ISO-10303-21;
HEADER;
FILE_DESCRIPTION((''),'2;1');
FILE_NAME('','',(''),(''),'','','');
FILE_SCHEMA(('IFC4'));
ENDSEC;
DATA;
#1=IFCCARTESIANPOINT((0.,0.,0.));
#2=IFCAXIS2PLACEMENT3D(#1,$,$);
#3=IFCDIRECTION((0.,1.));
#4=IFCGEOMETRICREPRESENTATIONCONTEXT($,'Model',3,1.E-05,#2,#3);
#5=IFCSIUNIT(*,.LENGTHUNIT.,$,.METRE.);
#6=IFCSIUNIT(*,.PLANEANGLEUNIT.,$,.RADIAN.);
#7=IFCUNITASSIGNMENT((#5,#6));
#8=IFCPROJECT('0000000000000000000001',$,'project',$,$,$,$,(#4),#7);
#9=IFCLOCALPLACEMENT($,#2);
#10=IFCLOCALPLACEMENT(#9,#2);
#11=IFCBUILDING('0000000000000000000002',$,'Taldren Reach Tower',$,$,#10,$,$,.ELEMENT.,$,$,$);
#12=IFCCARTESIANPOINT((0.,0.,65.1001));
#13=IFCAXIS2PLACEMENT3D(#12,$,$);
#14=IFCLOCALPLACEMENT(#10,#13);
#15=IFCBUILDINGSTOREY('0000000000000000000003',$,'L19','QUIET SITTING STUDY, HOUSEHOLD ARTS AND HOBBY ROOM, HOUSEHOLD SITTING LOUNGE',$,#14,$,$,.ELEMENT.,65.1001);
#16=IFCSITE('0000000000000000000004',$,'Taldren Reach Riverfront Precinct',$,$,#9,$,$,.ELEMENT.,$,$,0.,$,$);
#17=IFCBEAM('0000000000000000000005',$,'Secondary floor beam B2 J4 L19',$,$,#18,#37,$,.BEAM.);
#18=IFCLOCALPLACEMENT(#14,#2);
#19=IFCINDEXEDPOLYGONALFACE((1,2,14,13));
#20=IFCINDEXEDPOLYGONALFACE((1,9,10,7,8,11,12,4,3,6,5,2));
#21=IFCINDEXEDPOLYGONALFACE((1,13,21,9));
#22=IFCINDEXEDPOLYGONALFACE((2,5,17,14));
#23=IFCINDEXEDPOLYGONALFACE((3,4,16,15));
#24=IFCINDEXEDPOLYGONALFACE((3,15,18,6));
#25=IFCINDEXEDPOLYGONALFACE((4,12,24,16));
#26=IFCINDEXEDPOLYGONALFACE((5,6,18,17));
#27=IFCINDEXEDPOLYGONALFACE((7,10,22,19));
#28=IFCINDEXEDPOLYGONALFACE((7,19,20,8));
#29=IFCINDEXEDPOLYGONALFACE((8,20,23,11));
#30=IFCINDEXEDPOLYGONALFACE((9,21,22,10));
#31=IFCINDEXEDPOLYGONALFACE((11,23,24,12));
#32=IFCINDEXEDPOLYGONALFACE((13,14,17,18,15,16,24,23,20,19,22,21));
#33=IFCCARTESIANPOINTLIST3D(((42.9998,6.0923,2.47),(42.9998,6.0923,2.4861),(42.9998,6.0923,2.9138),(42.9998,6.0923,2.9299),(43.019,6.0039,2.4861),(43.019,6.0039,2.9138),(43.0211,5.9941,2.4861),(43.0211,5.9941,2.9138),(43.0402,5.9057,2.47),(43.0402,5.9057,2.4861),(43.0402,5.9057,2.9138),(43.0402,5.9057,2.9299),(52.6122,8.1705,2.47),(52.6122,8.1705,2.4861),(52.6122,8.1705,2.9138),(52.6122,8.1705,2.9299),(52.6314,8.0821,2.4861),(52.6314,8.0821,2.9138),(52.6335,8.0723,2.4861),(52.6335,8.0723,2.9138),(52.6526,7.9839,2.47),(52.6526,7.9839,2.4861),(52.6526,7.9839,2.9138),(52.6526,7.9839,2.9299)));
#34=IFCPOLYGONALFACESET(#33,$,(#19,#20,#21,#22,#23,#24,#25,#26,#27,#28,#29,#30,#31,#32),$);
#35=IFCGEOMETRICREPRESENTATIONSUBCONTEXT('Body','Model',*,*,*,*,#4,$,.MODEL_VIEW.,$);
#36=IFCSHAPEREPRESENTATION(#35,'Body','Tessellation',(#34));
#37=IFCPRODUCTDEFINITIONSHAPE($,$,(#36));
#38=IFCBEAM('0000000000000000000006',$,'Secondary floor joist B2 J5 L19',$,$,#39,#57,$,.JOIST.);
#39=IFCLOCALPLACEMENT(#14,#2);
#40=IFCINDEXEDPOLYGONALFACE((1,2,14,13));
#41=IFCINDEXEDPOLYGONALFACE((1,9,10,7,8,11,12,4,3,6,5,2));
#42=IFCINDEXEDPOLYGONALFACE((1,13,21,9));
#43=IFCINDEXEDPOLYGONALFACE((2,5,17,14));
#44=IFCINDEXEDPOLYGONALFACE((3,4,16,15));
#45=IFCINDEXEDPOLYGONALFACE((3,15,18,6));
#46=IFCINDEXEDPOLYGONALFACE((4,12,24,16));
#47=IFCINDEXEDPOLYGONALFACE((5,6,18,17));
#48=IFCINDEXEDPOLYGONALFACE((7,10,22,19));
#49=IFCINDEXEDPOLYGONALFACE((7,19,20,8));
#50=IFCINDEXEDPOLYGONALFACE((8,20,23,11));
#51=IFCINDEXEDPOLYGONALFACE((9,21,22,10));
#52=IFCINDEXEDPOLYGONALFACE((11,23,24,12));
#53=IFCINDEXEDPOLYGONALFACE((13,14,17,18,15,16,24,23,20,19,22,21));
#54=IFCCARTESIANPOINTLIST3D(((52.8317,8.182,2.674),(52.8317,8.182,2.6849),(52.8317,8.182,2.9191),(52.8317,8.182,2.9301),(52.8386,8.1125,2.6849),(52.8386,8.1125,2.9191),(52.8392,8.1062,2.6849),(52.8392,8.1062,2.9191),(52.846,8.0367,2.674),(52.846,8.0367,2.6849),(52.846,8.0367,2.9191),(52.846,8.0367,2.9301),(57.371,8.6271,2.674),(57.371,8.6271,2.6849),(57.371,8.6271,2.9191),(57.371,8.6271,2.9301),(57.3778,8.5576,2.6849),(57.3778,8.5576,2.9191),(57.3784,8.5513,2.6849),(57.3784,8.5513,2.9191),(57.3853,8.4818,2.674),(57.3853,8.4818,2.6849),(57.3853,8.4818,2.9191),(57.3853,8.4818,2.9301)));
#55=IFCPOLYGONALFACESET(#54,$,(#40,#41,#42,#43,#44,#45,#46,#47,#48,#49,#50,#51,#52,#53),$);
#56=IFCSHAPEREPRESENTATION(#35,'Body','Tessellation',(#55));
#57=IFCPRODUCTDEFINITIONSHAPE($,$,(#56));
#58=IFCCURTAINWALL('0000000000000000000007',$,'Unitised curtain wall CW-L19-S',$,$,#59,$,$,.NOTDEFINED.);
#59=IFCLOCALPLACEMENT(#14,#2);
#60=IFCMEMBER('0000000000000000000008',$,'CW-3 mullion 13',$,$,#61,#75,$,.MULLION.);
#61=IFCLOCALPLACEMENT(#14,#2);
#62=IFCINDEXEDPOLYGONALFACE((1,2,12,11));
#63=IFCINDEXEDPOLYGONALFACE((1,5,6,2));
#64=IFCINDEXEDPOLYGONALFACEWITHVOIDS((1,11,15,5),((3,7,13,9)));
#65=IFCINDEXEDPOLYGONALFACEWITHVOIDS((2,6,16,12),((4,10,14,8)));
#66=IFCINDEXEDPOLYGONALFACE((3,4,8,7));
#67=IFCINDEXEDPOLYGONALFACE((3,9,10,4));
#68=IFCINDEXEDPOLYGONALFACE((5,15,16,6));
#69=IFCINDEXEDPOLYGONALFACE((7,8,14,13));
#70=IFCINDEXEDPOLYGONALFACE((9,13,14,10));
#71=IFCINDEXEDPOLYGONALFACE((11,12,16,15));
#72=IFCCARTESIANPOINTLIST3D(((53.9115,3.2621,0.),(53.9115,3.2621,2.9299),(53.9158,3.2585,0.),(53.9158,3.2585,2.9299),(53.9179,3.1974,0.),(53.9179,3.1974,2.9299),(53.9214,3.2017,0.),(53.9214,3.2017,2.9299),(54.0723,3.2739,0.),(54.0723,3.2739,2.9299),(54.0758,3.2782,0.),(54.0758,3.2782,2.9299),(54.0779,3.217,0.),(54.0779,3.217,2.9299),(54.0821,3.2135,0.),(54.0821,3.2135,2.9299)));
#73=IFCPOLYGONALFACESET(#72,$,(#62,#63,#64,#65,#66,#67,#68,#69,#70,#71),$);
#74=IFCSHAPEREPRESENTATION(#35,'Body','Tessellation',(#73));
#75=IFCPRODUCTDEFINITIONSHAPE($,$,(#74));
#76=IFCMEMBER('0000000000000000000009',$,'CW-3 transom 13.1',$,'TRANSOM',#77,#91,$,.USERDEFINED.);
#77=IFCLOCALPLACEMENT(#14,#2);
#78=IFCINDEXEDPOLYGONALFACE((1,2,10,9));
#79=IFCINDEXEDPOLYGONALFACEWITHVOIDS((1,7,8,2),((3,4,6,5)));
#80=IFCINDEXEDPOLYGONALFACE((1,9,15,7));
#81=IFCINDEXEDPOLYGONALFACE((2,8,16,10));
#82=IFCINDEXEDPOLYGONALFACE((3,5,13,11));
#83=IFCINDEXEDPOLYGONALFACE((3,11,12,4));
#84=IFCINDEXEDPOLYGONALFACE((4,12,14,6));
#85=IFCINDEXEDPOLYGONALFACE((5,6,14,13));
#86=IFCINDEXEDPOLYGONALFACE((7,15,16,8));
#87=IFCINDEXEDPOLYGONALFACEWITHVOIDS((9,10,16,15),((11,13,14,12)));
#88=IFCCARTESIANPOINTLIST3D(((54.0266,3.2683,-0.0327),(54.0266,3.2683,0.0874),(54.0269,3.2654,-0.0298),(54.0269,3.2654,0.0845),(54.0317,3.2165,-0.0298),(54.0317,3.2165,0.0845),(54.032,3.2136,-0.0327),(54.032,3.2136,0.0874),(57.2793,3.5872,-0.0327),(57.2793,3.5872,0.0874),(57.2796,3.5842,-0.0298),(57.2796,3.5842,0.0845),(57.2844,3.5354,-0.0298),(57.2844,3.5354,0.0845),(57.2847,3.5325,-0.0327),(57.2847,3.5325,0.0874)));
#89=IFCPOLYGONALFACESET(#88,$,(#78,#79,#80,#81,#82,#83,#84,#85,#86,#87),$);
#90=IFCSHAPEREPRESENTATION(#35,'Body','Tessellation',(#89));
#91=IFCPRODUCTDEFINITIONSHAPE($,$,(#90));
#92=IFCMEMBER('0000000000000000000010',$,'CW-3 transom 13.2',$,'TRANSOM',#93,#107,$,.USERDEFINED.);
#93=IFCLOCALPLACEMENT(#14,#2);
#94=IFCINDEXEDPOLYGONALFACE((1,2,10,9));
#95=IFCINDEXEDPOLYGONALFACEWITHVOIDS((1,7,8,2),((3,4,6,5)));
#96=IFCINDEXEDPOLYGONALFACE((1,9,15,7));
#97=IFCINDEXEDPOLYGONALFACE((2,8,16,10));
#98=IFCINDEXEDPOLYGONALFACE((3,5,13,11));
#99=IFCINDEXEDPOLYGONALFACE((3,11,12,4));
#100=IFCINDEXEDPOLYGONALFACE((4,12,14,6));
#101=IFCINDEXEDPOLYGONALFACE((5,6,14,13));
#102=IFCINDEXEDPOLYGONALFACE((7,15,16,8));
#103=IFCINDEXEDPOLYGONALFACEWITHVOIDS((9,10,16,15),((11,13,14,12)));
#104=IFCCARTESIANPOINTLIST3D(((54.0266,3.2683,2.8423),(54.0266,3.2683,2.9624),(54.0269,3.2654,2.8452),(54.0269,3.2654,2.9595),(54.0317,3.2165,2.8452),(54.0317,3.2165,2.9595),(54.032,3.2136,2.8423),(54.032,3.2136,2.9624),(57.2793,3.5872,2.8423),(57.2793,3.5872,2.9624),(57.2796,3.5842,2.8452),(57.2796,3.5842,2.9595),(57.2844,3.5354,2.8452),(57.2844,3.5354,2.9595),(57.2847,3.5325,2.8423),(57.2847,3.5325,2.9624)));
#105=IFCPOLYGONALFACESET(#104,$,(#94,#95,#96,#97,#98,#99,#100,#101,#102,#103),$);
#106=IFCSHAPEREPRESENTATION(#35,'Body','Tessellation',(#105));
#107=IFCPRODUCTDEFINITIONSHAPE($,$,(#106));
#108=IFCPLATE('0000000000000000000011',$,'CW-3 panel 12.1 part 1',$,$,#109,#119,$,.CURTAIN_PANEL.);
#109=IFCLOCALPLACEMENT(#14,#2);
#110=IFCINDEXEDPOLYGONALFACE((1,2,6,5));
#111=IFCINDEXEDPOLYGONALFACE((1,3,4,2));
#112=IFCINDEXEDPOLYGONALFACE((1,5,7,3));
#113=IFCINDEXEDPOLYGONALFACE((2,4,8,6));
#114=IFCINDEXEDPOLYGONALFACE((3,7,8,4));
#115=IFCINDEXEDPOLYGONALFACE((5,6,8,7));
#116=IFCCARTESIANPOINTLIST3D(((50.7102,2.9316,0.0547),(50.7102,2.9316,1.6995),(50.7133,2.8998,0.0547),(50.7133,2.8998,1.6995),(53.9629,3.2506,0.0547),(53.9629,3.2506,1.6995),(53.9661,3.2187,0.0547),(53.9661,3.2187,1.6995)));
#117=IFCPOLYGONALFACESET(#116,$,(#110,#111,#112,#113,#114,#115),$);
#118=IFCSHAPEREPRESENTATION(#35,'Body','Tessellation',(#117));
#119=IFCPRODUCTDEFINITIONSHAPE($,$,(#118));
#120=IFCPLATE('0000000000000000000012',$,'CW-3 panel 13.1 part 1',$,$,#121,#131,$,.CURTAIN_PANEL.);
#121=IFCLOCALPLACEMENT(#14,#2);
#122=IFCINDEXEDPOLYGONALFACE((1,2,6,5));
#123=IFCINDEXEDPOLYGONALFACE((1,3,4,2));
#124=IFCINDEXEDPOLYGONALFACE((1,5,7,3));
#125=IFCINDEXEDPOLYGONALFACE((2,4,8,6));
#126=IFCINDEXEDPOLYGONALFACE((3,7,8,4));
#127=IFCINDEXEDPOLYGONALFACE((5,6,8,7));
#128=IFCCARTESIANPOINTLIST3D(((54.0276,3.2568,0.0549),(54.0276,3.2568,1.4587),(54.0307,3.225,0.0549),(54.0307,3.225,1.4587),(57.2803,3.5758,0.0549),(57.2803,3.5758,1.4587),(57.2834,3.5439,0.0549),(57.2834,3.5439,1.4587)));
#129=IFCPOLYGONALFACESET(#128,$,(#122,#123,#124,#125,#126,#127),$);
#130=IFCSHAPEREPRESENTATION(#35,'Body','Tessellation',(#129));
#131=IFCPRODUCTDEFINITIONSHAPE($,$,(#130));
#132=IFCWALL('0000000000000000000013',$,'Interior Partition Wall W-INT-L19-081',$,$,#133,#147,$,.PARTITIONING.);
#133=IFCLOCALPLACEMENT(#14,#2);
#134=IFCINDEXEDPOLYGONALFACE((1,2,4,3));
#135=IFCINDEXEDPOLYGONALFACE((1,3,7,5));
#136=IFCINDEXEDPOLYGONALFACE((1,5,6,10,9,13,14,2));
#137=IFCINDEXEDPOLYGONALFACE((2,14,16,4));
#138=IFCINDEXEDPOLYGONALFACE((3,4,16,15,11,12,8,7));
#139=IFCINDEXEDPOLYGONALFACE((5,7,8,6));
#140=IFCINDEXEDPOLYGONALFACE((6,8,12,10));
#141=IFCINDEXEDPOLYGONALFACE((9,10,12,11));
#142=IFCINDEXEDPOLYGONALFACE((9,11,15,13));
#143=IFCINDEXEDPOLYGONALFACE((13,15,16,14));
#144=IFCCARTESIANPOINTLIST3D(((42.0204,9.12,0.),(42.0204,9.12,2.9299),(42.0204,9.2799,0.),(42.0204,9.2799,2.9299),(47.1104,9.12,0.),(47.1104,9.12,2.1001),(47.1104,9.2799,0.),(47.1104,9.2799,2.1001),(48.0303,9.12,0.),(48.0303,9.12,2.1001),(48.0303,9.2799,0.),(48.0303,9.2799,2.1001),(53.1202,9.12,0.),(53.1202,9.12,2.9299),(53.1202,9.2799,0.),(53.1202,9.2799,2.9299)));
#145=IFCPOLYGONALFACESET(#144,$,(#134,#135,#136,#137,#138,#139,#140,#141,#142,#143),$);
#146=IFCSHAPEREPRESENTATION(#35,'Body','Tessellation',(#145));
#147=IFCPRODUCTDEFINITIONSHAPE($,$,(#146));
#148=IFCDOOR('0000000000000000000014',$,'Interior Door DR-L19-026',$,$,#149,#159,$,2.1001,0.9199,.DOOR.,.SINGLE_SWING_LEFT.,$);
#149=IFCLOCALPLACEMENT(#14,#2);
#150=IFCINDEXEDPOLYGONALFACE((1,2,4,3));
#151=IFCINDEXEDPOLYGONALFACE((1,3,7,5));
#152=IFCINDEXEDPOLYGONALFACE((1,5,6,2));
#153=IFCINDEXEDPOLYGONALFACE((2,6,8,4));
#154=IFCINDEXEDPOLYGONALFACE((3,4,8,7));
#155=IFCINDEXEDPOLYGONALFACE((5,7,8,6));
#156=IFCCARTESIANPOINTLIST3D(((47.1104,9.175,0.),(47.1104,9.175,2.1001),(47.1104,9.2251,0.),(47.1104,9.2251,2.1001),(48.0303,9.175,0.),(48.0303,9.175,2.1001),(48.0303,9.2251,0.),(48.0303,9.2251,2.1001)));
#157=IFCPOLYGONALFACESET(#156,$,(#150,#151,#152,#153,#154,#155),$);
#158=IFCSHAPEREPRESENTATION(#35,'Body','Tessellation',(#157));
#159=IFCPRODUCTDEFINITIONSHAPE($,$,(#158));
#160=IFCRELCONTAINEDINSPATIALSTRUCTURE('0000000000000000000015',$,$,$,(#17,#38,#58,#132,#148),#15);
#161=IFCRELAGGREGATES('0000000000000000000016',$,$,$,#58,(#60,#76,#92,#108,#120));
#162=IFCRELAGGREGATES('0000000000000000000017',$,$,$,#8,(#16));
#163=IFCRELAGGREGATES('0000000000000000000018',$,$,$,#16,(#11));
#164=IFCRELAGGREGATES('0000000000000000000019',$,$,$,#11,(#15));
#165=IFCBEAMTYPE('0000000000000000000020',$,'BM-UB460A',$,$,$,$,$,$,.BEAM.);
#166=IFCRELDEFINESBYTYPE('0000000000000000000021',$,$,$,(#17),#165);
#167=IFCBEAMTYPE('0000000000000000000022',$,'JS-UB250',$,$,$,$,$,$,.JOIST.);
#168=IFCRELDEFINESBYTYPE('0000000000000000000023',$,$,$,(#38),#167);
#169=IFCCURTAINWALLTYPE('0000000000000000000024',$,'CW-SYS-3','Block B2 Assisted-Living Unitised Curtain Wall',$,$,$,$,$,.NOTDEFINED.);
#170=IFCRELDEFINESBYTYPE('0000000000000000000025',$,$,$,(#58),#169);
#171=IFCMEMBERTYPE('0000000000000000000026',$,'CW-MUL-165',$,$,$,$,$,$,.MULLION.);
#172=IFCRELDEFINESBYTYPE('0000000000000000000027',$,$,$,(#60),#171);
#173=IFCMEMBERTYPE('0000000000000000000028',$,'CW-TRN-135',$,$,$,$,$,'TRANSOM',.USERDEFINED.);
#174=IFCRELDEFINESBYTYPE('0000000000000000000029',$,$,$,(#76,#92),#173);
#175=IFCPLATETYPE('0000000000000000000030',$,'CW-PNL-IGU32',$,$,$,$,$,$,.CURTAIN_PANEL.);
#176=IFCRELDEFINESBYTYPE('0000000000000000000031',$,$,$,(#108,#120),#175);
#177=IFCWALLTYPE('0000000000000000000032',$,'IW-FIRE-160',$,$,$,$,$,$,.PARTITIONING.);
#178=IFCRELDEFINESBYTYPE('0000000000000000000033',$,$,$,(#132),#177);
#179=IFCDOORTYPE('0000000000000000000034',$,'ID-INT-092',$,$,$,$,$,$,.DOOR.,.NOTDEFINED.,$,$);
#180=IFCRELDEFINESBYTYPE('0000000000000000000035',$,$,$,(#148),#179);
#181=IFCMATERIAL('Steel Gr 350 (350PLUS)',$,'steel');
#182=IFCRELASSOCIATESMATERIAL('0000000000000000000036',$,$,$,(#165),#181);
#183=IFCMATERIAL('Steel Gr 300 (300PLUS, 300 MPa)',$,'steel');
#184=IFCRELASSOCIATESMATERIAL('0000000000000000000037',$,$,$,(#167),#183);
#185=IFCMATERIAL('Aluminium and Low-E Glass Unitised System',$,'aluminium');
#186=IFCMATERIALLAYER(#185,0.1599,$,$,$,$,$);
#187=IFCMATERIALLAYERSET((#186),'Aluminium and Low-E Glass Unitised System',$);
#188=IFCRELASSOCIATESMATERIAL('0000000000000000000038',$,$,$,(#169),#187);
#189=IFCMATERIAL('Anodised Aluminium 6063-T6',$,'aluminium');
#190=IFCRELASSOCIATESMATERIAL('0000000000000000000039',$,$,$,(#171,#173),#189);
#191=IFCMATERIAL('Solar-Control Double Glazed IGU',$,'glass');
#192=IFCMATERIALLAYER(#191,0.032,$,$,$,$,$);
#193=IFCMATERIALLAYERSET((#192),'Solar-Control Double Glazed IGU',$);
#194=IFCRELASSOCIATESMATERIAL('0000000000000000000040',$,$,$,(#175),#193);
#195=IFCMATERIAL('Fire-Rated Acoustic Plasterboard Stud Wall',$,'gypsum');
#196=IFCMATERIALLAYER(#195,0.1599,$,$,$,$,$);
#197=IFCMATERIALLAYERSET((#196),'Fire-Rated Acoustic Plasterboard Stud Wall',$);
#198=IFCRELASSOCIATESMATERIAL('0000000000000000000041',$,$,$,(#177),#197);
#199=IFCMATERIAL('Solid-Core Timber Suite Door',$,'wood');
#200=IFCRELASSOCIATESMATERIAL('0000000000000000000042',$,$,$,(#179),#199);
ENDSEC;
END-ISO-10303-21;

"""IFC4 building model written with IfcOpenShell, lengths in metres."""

from ifc_helpers import new_model, si_unit, direction, frame, frame_2d, origin, origin_2d, place, context, subcontext, project, spatial, rectangle, hollow_rectangle, i_section, extrude, source, transform, mapped, material, layer, layer_set, material_profile, profile_set, type_object, element, fill, aggregate, save


model = new_model("IFC4")

# Units and contexts
model_context = context("Model", 3, precision=1e-05, world=origin(), true_north=direction((0.0, 1.0)))
body_context = subcontext(model_context, "Body", "Model", "MODEL_VIEW")
ifc_project = project(units=[si_unit("LENGTHUNIT", "METRE"), si_unit("PLANEANGLEUNIT", "RADIAN")], contexts=[model_context])

# Site, building, storey
site_placement = place(None, origin())
site = spatial("IfcSite", under=ifc_project, at=site_placement, Name="Taldren Reach Riverfront Precinct", CompositionType="ELEMENT", RefElevation=0.0)
building_placement = place(site_placement, origin())
building = spatial("IfcBuilding", under=site, at=building_placement, Name="Taldren Reach Tower", CompositionType="ELEMENT")
storey_placement = place(building_placement, frame((0.0, 0.0, 65.1001)))
storey = spatial("IfcBuildingStorey", under=building, at=storey_placement, Name="L19", Description="QUIET SITTING STUDY, HOUSEHOLD ARTS AND HOBBY ROOM, HOUSEHOLD SITTING LOUNGE", CompositionType="ELEMENT", Elevation=65.1001)

# Shared definitions
ifc_material_1 = material(Name="Steel Gr 350 (350PLUS)", Category="steel")

# Beams
ifc_material_profile_1 = material_profile(ifc_material_1, i_section(OverallWidth=0.1909, OverallDepth=0.46, WebThickness=0.01, FlangeThickness=0.0161, at=origin_2d()), Name="460UB82.1")
ifc_profile_set_1 = profile_set([ifc_material_profile_1], Name="Steel Gr 350 (350PLUS)")
beam_type_1 = type_object("IfcBeamType", Name="BM-UB460A", PredefinedType="BEAM", material=ifc_profile_set_1)
shared_shape_1 = source(origin(), body_context, "Body", "SweptSolid", [
    extrude(i_section(OverallWidth=0.1909, OverallDepth=0.46, WebThickness=0.01, FlangeThickness=0.0161, at=origin_2d()), origin(), (0.0, 0.0, 1.0), 9.8345),
])
beam_1_placement = place(storey_placement, frame((43.02, 5.999, 2.7), z_axis=(0.977419, 0.211312, 0.0), x_axis=(-0.211312, 0.977419, 0.0)))
element("IfcBeam", 1, at=beam_1_placement, inside=storey, type_object=beam_type_1, Name="Secondary floor beam B2 J4 L19", PredefinedType="BEAM", context=body_context, shape_type="MappedRepresentation", body=[
    mapped(shared_shape_1, transform((0.0, 0.0, 0.0), scale=1.0)),
])
ifc_material_2 = material(Name="Steel Gr 300 (300PLUS, 300 MPa)", Category="steel")
ifc_material_profile_2 = material_profile(ifc_material_2, i_section(OverallWidth=0.146, OverallDepth=0.2561, WebThickness=0.0063, FlangeThickness=0.011, at=origin_2d()), Name="250UB37.3")
ifc_profile_set_2 = profile_set([ifc_material_profile_2], Name="Steel Gr 300 (300PLUS, 300 MPa)")
beam_type_2 = type_object("IfcBeamType", Name="JS-UB250", PredefinedType="JOIST", material=ifc_profile_set_2)
shared_shape_2 = source(origin(), body_context, "Body", "SweptSolid", [
    extrude(i_section(OverallWidth=0.146, OverallDepth=0.2561, WebThickness=0.0063, FlangeThickness=0.011, at=origin_2d()), origin(), (0.0, 0.0, 1.0), 4.561),
])
beam_2_placement = place(storey_placement, frame((52.8389, 8.1094, 2.802), z_axis=(0.995228, 0.09758, 0.0), x_axis=(-0.09758, 0.995228, 0.0)))
element("IfcBeam", 2, at=beam_2_placement, inside=storey, type_object=beam_type_2, Name="Secondary floor joist B2 J5 L19", PredefinedType="JOIST", context=body_context, shape_type="MappedRepresentation", body=[
    mapped(shared_shape_2, transform((0.0, 0.0, 0.0), scale=1.0)),
])

# Curtain wall, members, plates
ifc_material_3 = material(Name="Aluminium and Low-E Glass Unitised System", Category="aluminium")
ifc_layer_1 = layer(ifc_material_3, 0.1599)
ifc_layer_set_1 = layer_set([ifc_layer_1], Name="Aluminium and Low-E Glass Unitised System")
curtain_wall_type = type_object("IfcCurtainWallType", Name="CW-SYS-3", Description="Block B2 Assisted-Living Unitised Curtain Wall", PredefinedType="NOTDEFINED", material=ifc_layer_set_1)
curtain_wall_placement = place(storey_placement, origin())
curtain_wall = element("IfcCurtainWall", 3, at=curtain_wall_placement, inside=storey, type_object=curtain_wall_type, Name="Unitised curtain wall CW-L19-S", PredefinedType="NOTDEFINED")
ifc_material_4 = material(Name="Anodised Aluminium 6063-T6", Category="aluminium")
ifc_material_profile_3 = material_profile(ifc_material_4, hollow_rectangle(XDim=0.0649, YDim=0.165, WallThickness=0.0039, at=origin_2d()), Name="ALU-165x65x4RHS")
ifc_profile_set_3 = profile_set([ifc_material_profile_3], Name="Anodised Aluminium 6063-T6")
member_type_1 = type_object("IfcMemberType", Name="CW-MUL-165", PredefinedType="MULLION", material=ifc_profile_set_3)
shared_shape_3 = source(origin(), body_context, "Body", "SweptSolid", [
    extrude(hollow_rectangle(XDim=0.0649, YDim=0.165, WallThickness=0.0039, at=origin_2d()), origin(), (0.0, 0.0, 1.0), 2.9299),
])
member_1_placement = place(storey_placement, frame((53.9968, 3.2378, 0.0), z_axis=(0.0, 0.0, 1.0), x_axis=(-0.097583, 0.995227, 0.0)))
member_1 = element("IfcMember", 4, at=member_1_placement, type_object=member_type_1, Name="CW-3 mullion 13", PredefinedType="MULLION", context=body_context, shape_type="MappedRepresentation", body=[
    mapped(shared_shape_3, transform((0.0, 0.0, 0.0), scale=1.0)),
])
ifc_material_profile_4 = material_profile(ifc_material_4, hollow_rectangle(XDim=0.0549, YDim=0.1201, WallThickness=0.0029, at=origin_2d()), Name="ALU-120x55x3RHS")
ifc_profile_set_4 = profile_set([ifc_material_profile_4], Name="Anodised Aluminium 6063-T6")
member_type_2 = type_object("IfcMemberType", Name="CW-TRN-135", ElementType="TRANSOM", PredefinedType="USERDEFINED", material=ifc_profile_set_4)
shared_shape_4 = source(origin(), body_context, "Body", "SweptSolid", [
    extrude(hollow_rectangle(XDim=0.0549, YDim=0.1201, WallThickness=0.0029, at=origin_2d()), origin(), (0.0, 0.0, 1.0), 3.2683),
])
member_2_placement = place(storey_placement, frame((54.0293, 3.241, 0.0273), z_axis=(0.99523, 0.097558, 0.0), x_axis=(-0.097558, 0.99523, 0.0)))
member_2 = element("IfcMember", 5, at=member_2_placement, type_object=member_type_2, Name="CW-3 transom 13.1", ObjectType="TRANSOM", PredefinedType="USERDEFINED", context=body_context, shape_type="MappedRepresentation", body=[
    mapped(shared_shape_4, transform((0.0, 0.0, 0.0), scale=1.0)),
])
member_3_placement = place(storey_placement, frame((54.0293, 3.241, 2.9023), z_axis=(0.99523, 0.097558, 0.0), x_axis=(-0.097558, 0.99523, 0.0)))
member_3 = element("IfcMember", 6, at=member_3_placement, type_object=member_type_2, Name="CW-3 transom 13.2", ObjectType="TRANSOM", PredefinedType="USERDEFINED", context=body_context, shape_type="MappedRepresentation", body=[
    mapped(shared_shape_4, transform((0.0, 0.0, 0.0), scale=1.0)),
])
ifc_material_5 = material(Name="Solar-Control Double Glazed IGU", Category="glass")
ifc_layer_2 = layer(ifc_material_5, 0.032)
ifc_layer_set_2 = layer_set([ifc_layer_2], Name="Solar-Control Double Glazed IGU")
plate_type = type_object("IfcPlateType", Name="CW-PNL-IGU32", PredefinedType="CURTAIN_PANEL", material=ifc_layer_set_2)
shared_shape_5 = source(origin(), body_context, "Body", "SweptSolid", [
    extrude(rectangle(XDim=3.2683, YDim=0.032, at=origin_2d()), origin(), (0.0, 0.0, 1.0), 1.6448),
])
plate_1_placement = place(storey_placement, frame((52.3381, 3.0752, 0.0547), z_axis=(0.0, 0.0, 1.0), x_axis=(0.995227, 0.097583, 0.0)))
plate_1 = element("IfcPlate", 7, at=plate_1_placement, type_object=plate_type, Name="CW-3 panel 12.1 part 1", PredefinedType="CURTAIN_PANEL", context=body_context, shape_type="MappedRepresentation", body=[
    mapped(shared_shape_5, transform((0.0, 0.0, 0.0), scale=1.0)),
])
shared_shape_6 = source(origin(), body_context, "Body", "SweptSolid", [
    extrude(rectangle(XDim=3.2683, YDim=0.032, at=origin_2d()), origin(), (0.0, 0.0, 1.0), 1.4038),
])
plate_2_placement = place(storey_placement, frame((55.6555, 3.4004, 0.0549), z_axis=(0.0, 0.0, 1.0), x_axis=(0.995227, 0.097583, 0.0)))
plate_2 = element("IfcPlate", 8, at=plate_2_placement, type_object=plate_type, Name="CW-3 panel 13.1 part 1", PredefinedType="CURTAIN_PANEL", context=body_context, shape_type="MappedRepresentation", body=[
    mapped(shared_shape_6, transform((0.0, 0.0, 0.0), scale=1.0)),
])
aggregate(curtain_wall, [member_1, member_2, member_3, plate_1, plate_2])

# Wall, opening, door
ifc_material_6 = material(Name="Fire-Rated Acoustic Plasterboard Stud Wall", Category="gypsum")
ifc_layer_3 = layer(ifc_material_6, 0.1599)
ifc_layer_set_3 = layer_set([ifc_layer_3], Name="Fire-Rated Acoustic Plasterboard Stud Wall")
wall_type_1 = type_object("IfcWallType", Name="IW-FIRE-160", PredefinedType="PARTITIONING", material=ifc_layer_set_3)
shared_shape_7 = source(origin(), body_context, "Body", "SweptSolid", [
    extrude(rectangle(XDim=11.0999, YDim=0.1599, at=frame_2d((5.5498, 0.0))), origin(), (0.0, 0.0, 1.0), 2.9299),
])
wall_1_placement = place(storey_placement, frame((53.1201, 9.2, 0.0), z_axis=(0.0, 0.0, 1.0), x_axis=(-1.0, 0.0, 0.0)))
wall_1 = element("IfcWall", 9, at=wall_1_placement, inside=storey, type_object=wall_type_1, Name="Interior Partition Wall W-INT-L19-081", PredefinedType="PARTITIONING", context=body_context, shape_type="MappedRepresentation", body=[
    mapped(shared_shape_7, transform((0.0, 0.0, 0.0), scale=1.0)),
])
shared_shape_8 = source(origin(), body_context, "Body", "SweptSolid", [
    extrude(rectangle(XDim=0.9199, YDim=2.1001, at=frame_2d((0.46, 1.05))), frame((0.0, 0.0898, 0.0), z_axis=(0.0, -1.0, 0.0), x_axis=(1.0, 0.0, 0.0)), (0.0, 0.0, 1.0), 0.1799),
])
opening_1_placement = place(wall_1_placement, frame((5.0898, 0.0, 0.0)))
opening_1 = element("IfcOpeningElement", 10, at=opening_1_placement, cuts=wall_1, PredefinedType="OPENING", context=body_context, shape_type="MappedRepresentation", body=[
    mapped(shared_shape_8, transform((0.0, 0.0, 0.0), scale=1.0)),
])
ifc_material_7 = material(Name="Solid-Core Timber Suite Door", Category="wood")
door_type = type_object("IfcDoorType", Name="ID-INT-092", OperationType="NOTDEFINED", PredefinedType="DOOR", material=ifc_material_7)
shared_shape_9 = source(origin(), body_context, "Body", "SweptSolid", [
    extrude(rectangle(XDim=0.9199, YDim=2.1001, at=frame_2d((0.46, 1.05))), frame((0.0, 0.0249, 0.0), z_axis=(0.0, -1.0, 0.0), x_axis=(1.0, 0.0, 0.0)), (0.0, 0.0, 1.0), 0.05),
])
door_1_placement = place(opening_1_placement, origin())
door_1 = element("IfcDoor", 11, at=door_1_placement, inside=storey, type_object=door_type, Name="Interior Door DR-L19-026", OperationType="SINGLE_SWING_LEFT", OverallHeight=2.1001, OverallWidth=0.9199, PredefinedType="DOOR", context=body_context, shape_type="MappedRepresentation", body=[
    mapped(shared_shape_9, transform((0.0, 0.0, 0.0), scale=1.0)),
])
fill(opening_1, door_1)

save(model, "model.ifc")
